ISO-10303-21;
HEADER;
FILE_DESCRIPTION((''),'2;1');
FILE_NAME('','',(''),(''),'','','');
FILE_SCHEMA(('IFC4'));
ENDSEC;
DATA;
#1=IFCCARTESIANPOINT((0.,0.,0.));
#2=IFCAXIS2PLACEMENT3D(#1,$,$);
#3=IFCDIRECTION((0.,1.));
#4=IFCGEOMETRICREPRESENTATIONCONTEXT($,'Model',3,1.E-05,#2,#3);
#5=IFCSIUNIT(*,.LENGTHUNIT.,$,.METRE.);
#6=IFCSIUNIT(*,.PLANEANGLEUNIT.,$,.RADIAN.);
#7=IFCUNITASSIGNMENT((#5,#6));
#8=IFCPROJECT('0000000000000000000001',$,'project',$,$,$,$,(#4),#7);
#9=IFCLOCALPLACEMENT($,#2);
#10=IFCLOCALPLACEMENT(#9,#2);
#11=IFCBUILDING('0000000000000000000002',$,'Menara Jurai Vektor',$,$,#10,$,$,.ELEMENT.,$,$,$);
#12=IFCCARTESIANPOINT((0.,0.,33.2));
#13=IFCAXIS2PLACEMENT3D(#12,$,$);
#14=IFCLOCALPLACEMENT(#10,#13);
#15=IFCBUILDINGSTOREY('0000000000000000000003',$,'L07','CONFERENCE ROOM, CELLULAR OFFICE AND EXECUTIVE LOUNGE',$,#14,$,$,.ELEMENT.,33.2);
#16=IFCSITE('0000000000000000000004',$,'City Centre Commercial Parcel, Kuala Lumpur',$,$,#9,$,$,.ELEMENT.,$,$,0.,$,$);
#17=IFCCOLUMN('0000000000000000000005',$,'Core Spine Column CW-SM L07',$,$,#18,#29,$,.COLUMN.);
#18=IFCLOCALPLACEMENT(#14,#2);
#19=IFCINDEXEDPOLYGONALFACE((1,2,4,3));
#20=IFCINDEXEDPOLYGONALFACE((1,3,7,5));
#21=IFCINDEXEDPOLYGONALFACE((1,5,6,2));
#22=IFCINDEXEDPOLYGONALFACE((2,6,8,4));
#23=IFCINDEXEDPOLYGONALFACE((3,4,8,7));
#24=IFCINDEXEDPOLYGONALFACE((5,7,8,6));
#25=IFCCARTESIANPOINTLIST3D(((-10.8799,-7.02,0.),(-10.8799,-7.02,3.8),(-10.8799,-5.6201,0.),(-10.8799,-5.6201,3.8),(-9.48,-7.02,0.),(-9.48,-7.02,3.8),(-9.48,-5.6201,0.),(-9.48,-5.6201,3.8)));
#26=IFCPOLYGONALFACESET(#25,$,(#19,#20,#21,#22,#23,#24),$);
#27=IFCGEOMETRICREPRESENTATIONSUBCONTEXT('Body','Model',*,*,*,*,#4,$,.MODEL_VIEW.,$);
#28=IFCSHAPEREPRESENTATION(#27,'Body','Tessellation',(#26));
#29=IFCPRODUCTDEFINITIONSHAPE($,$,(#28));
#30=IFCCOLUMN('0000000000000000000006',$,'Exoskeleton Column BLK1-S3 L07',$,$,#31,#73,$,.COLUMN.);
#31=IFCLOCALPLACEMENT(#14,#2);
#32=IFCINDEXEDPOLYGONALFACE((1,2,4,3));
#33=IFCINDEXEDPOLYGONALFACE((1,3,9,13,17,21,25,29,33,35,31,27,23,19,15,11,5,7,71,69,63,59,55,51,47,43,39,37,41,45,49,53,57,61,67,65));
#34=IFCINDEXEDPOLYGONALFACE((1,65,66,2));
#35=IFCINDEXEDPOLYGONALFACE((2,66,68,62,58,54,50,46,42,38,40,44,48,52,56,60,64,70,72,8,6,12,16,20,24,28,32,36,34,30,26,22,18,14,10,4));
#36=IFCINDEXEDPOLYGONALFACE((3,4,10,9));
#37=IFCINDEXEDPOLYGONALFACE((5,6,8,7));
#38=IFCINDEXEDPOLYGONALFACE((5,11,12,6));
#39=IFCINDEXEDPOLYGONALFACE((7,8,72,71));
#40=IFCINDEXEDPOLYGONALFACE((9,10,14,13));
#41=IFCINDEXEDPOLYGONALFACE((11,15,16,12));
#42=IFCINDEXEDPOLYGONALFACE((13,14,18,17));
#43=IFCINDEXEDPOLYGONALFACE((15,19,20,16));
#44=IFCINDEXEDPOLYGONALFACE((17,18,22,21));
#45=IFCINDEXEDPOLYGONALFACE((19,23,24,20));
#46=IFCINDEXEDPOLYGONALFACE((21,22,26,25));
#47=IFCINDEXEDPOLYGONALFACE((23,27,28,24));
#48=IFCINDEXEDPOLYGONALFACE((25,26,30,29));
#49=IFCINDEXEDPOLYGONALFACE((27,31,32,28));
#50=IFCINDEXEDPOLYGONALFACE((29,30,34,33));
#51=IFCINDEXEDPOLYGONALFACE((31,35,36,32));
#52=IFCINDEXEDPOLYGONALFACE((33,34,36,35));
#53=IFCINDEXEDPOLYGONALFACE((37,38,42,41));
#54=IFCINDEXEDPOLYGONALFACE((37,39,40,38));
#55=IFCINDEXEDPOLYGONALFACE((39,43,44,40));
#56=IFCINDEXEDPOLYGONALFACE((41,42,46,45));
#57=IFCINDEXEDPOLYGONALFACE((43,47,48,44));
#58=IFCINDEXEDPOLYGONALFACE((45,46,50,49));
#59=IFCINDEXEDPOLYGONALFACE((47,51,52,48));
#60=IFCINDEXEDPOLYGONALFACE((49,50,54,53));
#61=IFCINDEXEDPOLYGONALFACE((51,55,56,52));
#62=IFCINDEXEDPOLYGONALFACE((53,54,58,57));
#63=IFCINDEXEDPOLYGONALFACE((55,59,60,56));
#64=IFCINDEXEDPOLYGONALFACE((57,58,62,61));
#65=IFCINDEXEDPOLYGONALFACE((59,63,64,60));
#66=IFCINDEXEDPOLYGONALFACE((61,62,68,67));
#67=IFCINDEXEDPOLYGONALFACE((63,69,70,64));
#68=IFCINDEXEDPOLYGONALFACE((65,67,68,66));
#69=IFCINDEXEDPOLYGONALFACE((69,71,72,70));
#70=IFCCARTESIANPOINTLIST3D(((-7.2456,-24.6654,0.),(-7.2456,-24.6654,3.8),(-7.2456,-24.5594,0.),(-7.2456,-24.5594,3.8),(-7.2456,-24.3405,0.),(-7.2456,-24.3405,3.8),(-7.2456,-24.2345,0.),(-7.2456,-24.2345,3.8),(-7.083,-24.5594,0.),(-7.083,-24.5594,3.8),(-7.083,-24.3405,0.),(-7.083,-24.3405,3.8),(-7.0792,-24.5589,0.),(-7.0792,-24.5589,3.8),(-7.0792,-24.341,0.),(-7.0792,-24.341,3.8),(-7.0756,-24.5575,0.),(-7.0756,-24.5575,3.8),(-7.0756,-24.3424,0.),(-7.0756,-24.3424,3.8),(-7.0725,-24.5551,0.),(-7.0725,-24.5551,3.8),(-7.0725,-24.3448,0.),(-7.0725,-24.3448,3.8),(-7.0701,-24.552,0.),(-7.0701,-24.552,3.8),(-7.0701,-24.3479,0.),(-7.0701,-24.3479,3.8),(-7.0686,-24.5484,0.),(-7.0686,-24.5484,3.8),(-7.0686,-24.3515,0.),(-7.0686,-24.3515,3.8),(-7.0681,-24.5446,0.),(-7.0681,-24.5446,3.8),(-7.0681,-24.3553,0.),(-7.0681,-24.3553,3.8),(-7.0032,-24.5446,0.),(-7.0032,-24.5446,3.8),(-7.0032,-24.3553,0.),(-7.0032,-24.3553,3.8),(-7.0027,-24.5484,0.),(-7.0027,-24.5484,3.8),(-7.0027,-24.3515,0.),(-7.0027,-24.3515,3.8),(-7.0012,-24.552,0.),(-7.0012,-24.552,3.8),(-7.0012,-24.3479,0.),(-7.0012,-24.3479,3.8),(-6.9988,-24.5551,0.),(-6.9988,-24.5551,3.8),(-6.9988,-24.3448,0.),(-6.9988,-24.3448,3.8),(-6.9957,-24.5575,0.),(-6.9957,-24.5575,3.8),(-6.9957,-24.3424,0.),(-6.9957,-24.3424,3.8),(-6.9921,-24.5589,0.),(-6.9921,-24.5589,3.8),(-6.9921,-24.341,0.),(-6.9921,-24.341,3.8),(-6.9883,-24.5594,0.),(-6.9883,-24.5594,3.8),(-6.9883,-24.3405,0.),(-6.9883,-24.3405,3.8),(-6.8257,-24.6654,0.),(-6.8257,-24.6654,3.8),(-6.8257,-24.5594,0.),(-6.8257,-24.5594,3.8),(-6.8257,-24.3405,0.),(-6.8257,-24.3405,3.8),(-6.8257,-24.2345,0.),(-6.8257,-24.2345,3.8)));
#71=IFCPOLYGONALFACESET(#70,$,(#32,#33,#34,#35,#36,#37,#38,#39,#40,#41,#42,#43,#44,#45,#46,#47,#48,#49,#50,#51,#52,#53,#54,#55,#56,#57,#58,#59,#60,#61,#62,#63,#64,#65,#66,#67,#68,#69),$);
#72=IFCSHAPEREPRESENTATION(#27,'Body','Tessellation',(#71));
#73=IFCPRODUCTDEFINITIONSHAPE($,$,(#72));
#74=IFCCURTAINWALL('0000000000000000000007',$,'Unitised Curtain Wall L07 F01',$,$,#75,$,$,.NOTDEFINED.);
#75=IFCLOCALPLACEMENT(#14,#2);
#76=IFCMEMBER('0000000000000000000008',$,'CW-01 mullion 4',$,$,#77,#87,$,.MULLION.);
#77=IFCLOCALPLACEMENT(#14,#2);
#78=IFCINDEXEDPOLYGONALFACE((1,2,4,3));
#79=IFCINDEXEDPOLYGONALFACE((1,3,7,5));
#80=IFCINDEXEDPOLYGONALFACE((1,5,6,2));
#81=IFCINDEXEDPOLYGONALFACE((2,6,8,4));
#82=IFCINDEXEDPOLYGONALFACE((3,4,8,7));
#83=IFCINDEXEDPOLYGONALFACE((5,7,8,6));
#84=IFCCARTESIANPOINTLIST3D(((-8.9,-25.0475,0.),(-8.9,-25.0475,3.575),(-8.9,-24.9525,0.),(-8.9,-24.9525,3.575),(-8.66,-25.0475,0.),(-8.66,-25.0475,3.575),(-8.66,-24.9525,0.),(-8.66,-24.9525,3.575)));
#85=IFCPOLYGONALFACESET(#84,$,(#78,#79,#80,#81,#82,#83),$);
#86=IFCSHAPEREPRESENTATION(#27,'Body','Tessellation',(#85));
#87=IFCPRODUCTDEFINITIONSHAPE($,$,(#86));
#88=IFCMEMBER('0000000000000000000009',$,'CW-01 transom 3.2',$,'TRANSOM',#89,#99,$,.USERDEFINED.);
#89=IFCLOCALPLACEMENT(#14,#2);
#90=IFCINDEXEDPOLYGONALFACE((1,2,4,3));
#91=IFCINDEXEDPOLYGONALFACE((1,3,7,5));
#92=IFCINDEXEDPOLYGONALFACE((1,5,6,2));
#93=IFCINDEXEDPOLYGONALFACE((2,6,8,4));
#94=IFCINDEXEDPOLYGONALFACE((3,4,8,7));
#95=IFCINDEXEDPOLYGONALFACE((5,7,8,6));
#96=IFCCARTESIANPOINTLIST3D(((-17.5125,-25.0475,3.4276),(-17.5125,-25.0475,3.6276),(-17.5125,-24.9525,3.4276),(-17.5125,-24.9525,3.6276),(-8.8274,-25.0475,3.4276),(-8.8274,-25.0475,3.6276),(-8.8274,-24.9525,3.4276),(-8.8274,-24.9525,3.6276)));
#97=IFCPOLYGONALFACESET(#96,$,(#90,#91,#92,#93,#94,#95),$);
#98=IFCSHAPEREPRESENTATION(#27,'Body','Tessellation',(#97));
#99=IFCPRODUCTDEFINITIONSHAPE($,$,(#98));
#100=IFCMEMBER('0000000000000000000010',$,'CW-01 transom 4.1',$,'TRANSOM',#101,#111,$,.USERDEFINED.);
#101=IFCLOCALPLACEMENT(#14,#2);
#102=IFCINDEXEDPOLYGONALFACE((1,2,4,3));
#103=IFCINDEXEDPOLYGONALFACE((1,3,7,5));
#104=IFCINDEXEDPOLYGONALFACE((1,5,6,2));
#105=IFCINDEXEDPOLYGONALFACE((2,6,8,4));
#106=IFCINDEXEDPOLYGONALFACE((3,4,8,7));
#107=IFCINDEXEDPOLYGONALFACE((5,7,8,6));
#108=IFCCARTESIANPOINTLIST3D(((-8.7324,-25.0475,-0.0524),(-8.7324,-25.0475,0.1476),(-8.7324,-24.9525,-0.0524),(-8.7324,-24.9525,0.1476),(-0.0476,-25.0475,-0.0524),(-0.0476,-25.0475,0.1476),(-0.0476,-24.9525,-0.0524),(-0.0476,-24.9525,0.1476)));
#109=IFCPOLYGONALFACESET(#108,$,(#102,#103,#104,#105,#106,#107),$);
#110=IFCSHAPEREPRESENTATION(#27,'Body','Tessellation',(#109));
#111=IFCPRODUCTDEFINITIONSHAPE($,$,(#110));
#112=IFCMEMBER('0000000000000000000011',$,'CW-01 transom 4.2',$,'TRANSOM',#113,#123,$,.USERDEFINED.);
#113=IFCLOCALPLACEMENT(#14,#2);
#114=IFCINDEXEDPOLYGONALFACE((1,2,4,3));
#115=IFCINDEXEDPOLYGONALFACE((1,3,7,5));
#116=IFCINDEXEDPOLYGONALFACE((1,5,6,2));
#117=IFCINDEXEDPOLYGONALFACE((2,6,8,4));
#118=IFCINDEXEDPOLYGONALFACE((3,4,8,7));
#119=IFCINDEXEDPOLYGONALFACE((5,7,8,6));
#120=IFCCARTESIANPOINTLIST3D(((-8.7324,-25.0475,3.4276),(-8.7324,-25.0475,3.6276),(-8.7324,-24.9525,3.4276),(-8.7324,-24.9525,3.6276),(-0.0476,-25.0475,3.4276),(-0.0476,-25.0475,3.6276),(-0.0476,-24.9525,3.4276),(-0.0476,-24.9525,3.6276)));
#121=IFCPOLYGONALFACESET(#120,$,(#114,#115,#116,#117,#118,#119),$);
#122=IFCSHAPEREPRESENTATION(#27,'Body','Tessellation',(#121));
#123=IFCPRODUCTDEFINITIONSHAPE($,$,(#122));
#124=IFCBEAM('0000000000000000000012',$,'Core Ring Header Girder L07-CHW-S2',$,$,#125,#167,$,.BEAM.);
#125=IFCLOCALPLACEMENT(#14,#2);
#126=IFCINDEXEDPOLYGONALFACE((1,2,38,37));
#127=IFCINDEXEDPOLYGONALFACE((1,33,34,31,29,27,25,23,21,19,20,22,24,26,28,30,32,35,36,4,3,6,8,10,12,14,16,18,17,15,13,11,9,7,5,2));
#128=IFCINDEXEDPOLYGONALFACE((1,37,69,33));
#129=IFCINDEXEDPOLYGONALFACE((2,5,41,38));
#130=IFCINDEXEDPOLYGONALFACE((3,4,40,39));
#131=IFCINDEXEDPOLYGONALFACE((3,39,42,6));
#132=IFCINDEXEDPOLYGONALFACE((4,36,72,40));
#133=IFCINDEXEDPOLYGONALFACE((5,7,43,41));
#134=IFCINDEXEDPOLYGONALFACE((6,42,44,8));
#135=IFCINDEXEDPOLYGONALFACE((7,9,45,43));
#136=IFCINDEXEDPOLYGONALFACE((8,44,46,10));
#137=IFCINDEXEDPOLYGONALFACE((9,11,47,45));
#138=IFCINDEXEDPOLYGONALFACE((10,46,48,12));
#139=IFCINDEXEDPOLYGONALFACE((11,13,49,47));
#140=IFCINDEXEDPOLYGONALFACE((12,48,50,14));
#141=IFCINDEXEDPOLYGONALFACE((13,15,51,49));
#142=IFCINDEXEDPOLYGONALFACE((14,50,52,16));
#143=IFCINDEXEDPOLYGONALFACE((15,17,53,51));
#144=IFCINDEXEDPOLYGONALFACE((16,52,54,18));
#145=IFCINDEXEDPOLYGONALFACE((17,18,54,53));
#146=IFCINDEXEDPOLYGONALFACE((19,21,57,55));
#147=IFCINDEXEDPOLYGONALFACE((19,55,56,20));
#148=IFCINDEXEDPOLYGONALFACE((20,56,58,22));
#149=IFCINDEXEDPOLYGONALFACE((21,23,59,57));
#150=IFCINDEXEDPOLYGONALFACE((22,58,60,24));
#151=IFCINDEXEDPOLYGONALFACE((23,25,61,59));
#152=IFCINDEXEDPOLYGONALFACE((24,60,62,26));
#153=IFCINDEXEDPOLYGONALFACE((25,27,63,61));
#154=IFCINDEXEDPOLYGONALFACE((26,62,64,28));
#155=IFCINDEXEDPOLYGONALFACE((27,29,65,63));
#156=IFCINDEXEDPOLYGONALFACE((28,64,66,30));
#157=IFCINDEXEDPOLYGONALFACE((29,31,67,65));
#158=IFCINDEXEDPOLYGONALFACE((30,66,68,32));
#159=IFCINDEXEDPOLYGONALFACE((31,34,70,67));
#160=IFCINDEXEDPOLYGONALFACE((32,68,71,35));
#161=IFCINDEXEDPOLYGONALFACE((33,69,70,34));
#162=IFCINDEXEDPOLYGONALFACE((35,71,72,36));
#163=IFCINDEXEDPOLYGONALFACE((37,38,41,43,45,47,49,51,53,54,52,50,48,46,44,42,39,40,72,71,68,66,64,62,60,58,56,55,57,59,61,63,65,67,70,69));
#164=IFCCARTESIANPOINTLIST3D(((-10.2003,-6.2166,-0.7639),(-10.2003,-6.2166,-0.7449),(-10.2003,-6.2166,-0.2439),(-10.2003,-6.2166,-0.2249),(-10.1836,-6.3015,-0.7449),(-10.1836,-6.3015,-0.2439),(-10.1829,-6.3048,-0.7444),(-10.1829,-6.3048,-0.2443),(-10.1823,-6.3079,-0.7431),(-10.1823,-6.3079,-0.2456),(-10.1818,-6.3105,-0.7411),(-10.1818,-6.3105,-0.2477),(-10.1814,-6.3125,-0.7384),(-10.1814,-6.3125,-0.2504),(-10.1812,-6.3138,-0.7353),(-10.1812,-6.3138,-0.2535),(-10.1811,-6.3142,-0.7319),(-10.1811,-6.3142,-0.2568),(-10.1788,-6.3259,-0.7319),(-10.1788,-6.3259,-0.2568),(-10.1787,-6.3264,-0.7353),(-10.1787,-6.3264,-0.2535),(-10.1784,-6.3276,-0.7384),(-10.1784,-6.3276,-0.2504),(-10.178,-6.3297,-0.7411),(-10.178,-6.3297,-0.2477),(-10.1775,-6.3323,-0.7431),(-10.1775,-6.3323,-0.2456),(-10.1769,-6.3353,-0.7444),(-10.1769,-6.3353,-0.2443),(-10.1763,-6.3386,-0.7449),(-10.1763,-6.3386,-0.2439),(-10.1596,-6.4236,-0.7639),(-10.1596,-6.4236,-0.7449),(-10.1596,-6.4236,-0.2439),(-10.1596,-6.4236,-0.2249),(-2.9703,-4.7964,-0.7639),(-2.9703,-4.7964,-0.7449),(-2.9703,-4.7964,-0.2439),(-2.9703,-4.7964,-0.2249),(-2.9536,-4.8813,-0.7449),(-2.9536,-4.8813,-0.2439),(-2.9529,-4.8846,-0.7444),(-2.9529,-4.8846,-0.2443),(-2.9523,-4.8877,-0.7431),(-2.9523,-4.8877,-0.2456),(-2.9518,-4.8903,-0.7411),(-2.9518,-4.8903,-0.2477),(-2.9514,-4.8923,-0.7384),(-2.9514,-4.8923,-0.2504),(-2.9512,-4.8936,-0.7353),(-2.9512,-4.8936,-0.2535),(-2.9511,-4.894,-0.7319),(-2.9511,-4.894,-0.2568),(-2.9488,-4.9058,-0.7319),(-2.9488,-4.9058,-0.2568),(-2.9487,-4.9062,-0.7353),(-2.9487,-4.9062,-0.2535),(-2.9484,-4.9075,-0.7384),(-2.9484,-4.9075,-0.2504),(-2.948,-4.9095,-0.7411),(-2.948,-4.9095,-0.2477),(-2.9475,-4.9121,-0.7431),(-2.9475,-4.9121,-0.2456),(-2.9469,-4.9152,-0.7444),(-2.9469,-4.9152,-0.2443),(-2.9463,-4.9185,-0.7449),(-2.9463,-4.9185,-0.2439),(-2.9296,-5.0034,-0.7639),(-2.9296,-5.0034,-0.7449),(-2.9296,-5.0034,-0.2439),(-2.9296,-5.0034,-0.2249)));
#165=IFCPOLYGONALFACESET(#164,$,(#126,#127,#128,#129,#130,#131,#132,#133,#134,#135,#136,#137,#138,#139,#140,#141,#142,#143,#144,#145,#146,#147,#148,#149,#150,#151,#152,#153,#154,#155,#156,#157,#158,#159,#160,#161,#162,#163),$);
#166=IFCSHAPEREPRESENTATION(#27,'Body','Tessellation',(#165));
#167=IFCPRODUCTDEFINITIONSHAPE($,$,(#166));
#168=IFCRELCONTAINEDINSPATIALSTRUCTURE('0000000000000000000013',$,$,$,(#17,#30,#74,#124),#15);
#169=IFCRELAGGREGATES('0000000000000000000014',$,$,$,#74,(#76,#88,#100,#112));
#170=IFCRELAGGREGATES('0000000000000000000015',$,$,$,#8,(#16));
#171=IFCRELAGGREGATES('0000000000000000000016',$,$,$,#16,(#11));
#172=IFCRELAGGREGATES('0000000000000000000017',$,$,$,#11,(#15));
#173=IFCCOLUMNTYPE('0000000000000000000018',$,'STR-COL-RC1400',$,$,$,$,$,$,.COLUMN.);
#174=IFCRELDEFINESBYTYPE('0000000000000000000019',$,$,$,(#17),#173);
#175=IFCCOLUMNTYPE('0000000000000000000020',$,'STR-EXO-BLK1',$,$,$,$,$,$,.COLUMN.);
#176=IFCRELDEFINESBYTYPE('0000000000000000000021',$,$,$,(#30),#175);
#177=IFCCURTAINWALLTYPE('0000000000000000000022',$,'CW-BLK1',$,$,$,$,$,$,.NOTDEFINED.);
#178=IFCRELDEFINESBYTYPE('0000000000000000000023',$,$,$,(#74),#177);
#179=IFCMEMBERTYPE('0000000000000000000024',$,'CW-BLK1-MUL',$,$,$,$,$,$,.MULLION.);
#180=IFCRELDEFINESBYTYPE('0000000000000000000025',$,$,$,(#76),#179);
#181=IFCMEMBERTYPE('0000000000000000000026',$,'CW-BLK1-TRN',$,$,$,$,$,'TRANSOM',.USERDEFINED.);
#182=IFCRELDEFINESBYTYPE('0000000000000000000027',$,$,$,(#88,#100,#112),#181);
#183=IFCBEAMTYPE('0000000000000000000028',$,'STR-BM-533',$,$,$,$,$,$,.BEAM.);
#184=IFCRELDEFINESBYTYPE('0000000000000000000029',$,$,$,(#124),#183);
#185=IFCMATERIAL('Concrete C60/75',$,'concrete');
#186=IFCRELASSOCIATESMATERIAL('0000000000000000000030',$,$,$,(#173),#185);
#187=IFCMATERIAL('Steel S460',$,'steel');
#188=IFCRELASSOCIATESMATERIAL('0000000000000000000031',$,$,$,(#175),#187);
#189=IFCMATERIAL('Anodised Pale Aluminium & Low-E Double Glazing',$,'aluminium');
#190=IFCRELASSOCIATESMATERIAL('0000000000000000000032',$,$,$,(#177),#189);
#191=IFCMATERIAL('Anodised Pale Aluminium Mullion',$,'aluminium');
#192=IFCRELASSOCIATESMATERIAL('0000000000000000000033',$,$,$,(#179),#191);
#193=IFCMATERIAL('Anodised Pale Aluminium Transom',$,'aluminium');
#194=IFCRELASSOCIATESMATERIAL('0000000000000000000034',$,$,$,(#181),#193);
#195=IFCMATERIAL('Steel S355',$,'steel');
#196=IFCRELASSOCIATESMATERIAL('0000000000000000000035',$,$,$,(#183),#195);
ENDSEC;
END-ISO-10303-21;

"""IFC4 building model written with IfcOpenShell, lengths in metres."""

from ifc_helpers import new_model, si_unit, direction, frame, origin, origin_2d, place, context, subcontext, project, spatial, rectangle, i_section, extrude, material, material_profile, profile_set, type_object, element, aggregate, save


model = new_model("IFC4")

# Units and contexts
model_context = context("Model", 3, precision=1e-05, world=origin(), true_north=direction((0.0, 1.0)))
body_context = subcontext(model_context, "Body", "Model", "MODEL_VIEW")
ifc_project = project(units=[si_unit("LENGTHUNIT", "METRE"), si_unit("PLANEANGLEUNIT", "RADIAN")], contexts=[model_context])

# Site, building, storey
site_placement = place(None, origin())
site = spatial("IfcSite", under=ifc_project, at=site_placement, Name="City Centre Commercial Parcel, Kuala Lumpur", CompositionType="ELEMENT", RefElevation=0.0)
building_placement = place(site_placement, origin())
building = spatial("IfcBuilding", under=site, at=building_placement, Name="Menara Jurai Vektor", CompositionType="ELEMENT")
storey_placement = place(building_placement, frame((0.0, 0.0, 33.2)))
storey = spatial("IfcBuildingStorey", under=building, at=storey_placement, Name="L07", Description="CONFERENCE ROOM, CELLULAR OFFICE AND EXECUTIVE LOUNGE", CompositionType="ELEMENT", Elevation=33.2)

# Columns
ifc_material_1 = material(Name="Concrete C60/75", Category="concrete")
ifc_material_profile_1 = material_profile(ifc_material_1, rectangle(XDim=1.3999, YDim=1.3999, at=origin_2d()), Name="RC 1400x1400")
ifc_profile_set_1 = profile_set([ifc_material_profile_1], Name="Concrete C60/75")
column_type_1 = type_object("IfcColumnType", Name="STR-COL-RC1400", PredefinedType="COLUMN", material=ifc_profile_set_1)
column_1_placement = place(storey_placement, frame((-10.1799, -6.3201, 0.0), z_axis=(0.0, 0.0, 1.0), x_axis=(1.0, 0.0, 0.0)))
element("IfcColumn", 1, at=column_1_placement, inside=storey, type_object=column_type_1, Name="Core Spine Column CW-SM L07", PredefinedType="COLUMN", context=body_context, shape_type="SweptSolid", body=[
    extrude(rectangle(XDim=1.3999, YDim=1.3999, at=origin_2d()), origin(), (0.0, 0.0, 1.0), 3.8),
])
ifc_material_2 = material(Name="Steel S460", Category="steel")
ifc_material_profile_2 = material_profile(ifc_material_2, i_section(OverallWidth=0.4199, OverallDepth=0.4309, WebThickness=0.0649, FlangeThickness=0.106, FilletRadius=0.0149, at=origin_2d()), Name="HD 400x900")
ifc_profile_set_2 = profile_set([ifc_material_profile_2], Name="Steel S460")
column_type_2 = type_object("IfcColumnType", Name="STR-EXO-BLK1", PredefinedType="COLUMN", material=ifc_profile_set_2)
column_2_placement = place(storey_placement, frame((-7.0356, -24.45, 0.0), z_axis=(0.0, 0.0, 1.0), x_axis=(1.0, 0.0, 0.0)))
element("IfcColumn", 2, at=column_2_placement, inside=storey, type_object=column_type_2, Name="Exoskeleton Column BLK1-S3 L07", PredefinedType="COLUMN", context=body_context, shape_type="SweptSolid", body=[
    extrude(i_section(OverallWidth=0.4199, OverallDepth=0.4309, WebThickness=0.0649, FlangeThickness=0.106, FilletRadius=0.0149, at=origin_2d()), origin(), (0.0, 0.0, 1.0), 3.8),
])

# Curtain wall, members
ifc_material_3 = material(Name="Anodised Pale Aluminium & Low-E Double Glazing", Category="aluminium")
curtain_wall_type = type_object("IfcCurtainWallType", Name="CW-BLK1", PredefinedType="NOTDEFINED", material=ifc_material_3)
curtain_wall_placement = place(storey_placement, origin())
curtain_wall = element("IfcCurtainWall", 3, at=curtain_wall_placement, inside=storey, type_object=curtain_wall_type, Name="Unitised Curtain Wall L07 F01", PredefinedType="NOTDEFINED")
ifc_material_4 = material(Name="Anodised Pale Aluminium Mullion", Category="aluminium")
ifc_material_profile_3 = material_profile(ifc_material_4, rectangle(XDim=0.095, YDim=0.24, at=origin_2d()), Name="ALU MUL 95x240")
ifc_profile_set_3 = profile_set([ifc_material_profile_3], Name="Anodised Pale Aluminium Mullion")
member_type_1 = type_object("IfcMemberType", Name="CW-BLK1-MUL", PredefinedType="MULLION", material=ifc_profile_set_3)
member_1_placement = place(storey_placement, frame((-8.78, -25.0, 0.0), z_axis=(0.0, 0.0, 1.0), x_axis=(0.0, 1.0, 0.0)))
member_1 = element("IfcMember", 4, at=member_1_placement, type_object=member_type_1, Name="CW-01 mullion 4", PredefinedType="MULLION", context=body_context, shape_type="SweptSolid", body=[
    extrude(rectangle(XDim=0.095, YDim=0.24, at=origin_2d()), origin(), (0.0, 0.0, 1.0), 3.575),
])
ifc_material_5 = material(Name="Anodised Pale Aluminium Transom", Category="aluminium")
ifc_material_profile_4 = material_profile(ifc_material_5, rectangle(XDim=0.095, YDim=0.2, at=origin_2d()), Name="ALU TRN 95x200")
ifc_profile_set_4 = profile_set([ifc_material_profile_4], Name="Anodised Pale Aluminium Transom")
member_type_2 = type_object("IfcMemberType", Name="CW-BLK1-TRN", ElementType="TRANSOM", PredefinedType="USERDEFINED", material=ifc_profile_set_4)
member_2_placement = place(storey_placement, frame((-17.5125, -25.0, 3.5276), z_axis=(1.0, 0.0, 0.0), x_axis=(0.0, 1.0, 0.0)))
member_2 = element("IfcMember", 5, at=member_2_placement, type_object=member_type_2, Name="CW-01 transom 3.2", ObjectType="TRANSOM", PredefinedType="USERDEFINED", context=body_context, shape_type="SweptSolid", body=[
    extrude(rectangle(XDim=0.095, YDim=0.2, at=origin_2d()), origin(), (0.0, 0.0, 1.0), 8.6851),
])
member_3_placement = place(storey_placement, frame((-8.7324, -25.0, 0.0476), z_axis=(1.0, 0.0, 0.0), x_axis=(0.0, 1.0, 0.0)))
member_3 = element("IfcMember", 6, at=member_3_placement, type_object=member_type_2, Name="CW-01 transom 4.1", ObjectType="TRANSOM", PredefinedType="USERDEFINED", context=body_context, shape_type="SweptSolid", body=[
    extrude(rectangle(XDim=0.095, YDim=0.2, at=origin_2d()), origin(), (0.0, 0.0, 1.0), 8.6848),
])
member_4_placement = place(storey_placement, frame((-8.7324, -25.0, 3.5276), z_axis=(1.0, 0.0, 0.0), x_axis=(0.0, 1.0, 0.0)))
member_4 = element("IfcMember", 7, at=member_4_placement, type_object=member_type_2, Name="CW-01 transom 4.2", ObjectType="TRANSOM", PredefinedType="USERDEFINED", context=body_context, shape_type="SweptSolid", body=[
    extrude(rectangle(XDim=0.095, YDim=0.2, at=origin_2d()), origin(), (0.0, 0.0, 1.0), 8.6848),
])

# Beam
ifc_material_6 = material(Name="Steel S355", Category="steel")
ifc_material_profile_5 = material_profile(ifc_material_6, i_section(OverallWidth=0.2109, OverallDepth=0.5391, WebThickness=0.012, FlangeThickness=0.019, FilletRadius=0.0129, at=origin_2d()), Name="UKB 533x210x109")
ifc_profile_set_5 = profile_set([ifc_material_profile_5], Name="Steel S355")
beam_type_1 = type_object("IfcBeamType", Name="STR-BM-533", PredefinedType="BEAM", material=ifc_profile_set_5)
beam_1_placement = place(storey_placement, frame((-10.1799, -6.3201, -0.4944), z_axis=(0.981249, 0.192744, 0.0), x_axis=(-0.192744, 0.981249, 0.0)))
element("IfcBeam", 8, at=beam_1_placement, inside=storey, type_object=beam_type_1, Name="Core Ring Header Girder L07-CHW-S2", PredefinedType="BEAM", context=body_context, shape_type="SweptSolid", body=[
    extrude(i_section(OverallWidth=0.2109, OverallDepth=0.5391, WebThickness=0.012, FlangeThickness=0.019, FilletRadius=0.0129, at=origin_2d()), origin(), (0.0, 0.0, 1.0), 7.3682),
])

aggregate(curtain_wall, [member_1, member_2, member_3, member_4])

save(model, "model.ifc")
